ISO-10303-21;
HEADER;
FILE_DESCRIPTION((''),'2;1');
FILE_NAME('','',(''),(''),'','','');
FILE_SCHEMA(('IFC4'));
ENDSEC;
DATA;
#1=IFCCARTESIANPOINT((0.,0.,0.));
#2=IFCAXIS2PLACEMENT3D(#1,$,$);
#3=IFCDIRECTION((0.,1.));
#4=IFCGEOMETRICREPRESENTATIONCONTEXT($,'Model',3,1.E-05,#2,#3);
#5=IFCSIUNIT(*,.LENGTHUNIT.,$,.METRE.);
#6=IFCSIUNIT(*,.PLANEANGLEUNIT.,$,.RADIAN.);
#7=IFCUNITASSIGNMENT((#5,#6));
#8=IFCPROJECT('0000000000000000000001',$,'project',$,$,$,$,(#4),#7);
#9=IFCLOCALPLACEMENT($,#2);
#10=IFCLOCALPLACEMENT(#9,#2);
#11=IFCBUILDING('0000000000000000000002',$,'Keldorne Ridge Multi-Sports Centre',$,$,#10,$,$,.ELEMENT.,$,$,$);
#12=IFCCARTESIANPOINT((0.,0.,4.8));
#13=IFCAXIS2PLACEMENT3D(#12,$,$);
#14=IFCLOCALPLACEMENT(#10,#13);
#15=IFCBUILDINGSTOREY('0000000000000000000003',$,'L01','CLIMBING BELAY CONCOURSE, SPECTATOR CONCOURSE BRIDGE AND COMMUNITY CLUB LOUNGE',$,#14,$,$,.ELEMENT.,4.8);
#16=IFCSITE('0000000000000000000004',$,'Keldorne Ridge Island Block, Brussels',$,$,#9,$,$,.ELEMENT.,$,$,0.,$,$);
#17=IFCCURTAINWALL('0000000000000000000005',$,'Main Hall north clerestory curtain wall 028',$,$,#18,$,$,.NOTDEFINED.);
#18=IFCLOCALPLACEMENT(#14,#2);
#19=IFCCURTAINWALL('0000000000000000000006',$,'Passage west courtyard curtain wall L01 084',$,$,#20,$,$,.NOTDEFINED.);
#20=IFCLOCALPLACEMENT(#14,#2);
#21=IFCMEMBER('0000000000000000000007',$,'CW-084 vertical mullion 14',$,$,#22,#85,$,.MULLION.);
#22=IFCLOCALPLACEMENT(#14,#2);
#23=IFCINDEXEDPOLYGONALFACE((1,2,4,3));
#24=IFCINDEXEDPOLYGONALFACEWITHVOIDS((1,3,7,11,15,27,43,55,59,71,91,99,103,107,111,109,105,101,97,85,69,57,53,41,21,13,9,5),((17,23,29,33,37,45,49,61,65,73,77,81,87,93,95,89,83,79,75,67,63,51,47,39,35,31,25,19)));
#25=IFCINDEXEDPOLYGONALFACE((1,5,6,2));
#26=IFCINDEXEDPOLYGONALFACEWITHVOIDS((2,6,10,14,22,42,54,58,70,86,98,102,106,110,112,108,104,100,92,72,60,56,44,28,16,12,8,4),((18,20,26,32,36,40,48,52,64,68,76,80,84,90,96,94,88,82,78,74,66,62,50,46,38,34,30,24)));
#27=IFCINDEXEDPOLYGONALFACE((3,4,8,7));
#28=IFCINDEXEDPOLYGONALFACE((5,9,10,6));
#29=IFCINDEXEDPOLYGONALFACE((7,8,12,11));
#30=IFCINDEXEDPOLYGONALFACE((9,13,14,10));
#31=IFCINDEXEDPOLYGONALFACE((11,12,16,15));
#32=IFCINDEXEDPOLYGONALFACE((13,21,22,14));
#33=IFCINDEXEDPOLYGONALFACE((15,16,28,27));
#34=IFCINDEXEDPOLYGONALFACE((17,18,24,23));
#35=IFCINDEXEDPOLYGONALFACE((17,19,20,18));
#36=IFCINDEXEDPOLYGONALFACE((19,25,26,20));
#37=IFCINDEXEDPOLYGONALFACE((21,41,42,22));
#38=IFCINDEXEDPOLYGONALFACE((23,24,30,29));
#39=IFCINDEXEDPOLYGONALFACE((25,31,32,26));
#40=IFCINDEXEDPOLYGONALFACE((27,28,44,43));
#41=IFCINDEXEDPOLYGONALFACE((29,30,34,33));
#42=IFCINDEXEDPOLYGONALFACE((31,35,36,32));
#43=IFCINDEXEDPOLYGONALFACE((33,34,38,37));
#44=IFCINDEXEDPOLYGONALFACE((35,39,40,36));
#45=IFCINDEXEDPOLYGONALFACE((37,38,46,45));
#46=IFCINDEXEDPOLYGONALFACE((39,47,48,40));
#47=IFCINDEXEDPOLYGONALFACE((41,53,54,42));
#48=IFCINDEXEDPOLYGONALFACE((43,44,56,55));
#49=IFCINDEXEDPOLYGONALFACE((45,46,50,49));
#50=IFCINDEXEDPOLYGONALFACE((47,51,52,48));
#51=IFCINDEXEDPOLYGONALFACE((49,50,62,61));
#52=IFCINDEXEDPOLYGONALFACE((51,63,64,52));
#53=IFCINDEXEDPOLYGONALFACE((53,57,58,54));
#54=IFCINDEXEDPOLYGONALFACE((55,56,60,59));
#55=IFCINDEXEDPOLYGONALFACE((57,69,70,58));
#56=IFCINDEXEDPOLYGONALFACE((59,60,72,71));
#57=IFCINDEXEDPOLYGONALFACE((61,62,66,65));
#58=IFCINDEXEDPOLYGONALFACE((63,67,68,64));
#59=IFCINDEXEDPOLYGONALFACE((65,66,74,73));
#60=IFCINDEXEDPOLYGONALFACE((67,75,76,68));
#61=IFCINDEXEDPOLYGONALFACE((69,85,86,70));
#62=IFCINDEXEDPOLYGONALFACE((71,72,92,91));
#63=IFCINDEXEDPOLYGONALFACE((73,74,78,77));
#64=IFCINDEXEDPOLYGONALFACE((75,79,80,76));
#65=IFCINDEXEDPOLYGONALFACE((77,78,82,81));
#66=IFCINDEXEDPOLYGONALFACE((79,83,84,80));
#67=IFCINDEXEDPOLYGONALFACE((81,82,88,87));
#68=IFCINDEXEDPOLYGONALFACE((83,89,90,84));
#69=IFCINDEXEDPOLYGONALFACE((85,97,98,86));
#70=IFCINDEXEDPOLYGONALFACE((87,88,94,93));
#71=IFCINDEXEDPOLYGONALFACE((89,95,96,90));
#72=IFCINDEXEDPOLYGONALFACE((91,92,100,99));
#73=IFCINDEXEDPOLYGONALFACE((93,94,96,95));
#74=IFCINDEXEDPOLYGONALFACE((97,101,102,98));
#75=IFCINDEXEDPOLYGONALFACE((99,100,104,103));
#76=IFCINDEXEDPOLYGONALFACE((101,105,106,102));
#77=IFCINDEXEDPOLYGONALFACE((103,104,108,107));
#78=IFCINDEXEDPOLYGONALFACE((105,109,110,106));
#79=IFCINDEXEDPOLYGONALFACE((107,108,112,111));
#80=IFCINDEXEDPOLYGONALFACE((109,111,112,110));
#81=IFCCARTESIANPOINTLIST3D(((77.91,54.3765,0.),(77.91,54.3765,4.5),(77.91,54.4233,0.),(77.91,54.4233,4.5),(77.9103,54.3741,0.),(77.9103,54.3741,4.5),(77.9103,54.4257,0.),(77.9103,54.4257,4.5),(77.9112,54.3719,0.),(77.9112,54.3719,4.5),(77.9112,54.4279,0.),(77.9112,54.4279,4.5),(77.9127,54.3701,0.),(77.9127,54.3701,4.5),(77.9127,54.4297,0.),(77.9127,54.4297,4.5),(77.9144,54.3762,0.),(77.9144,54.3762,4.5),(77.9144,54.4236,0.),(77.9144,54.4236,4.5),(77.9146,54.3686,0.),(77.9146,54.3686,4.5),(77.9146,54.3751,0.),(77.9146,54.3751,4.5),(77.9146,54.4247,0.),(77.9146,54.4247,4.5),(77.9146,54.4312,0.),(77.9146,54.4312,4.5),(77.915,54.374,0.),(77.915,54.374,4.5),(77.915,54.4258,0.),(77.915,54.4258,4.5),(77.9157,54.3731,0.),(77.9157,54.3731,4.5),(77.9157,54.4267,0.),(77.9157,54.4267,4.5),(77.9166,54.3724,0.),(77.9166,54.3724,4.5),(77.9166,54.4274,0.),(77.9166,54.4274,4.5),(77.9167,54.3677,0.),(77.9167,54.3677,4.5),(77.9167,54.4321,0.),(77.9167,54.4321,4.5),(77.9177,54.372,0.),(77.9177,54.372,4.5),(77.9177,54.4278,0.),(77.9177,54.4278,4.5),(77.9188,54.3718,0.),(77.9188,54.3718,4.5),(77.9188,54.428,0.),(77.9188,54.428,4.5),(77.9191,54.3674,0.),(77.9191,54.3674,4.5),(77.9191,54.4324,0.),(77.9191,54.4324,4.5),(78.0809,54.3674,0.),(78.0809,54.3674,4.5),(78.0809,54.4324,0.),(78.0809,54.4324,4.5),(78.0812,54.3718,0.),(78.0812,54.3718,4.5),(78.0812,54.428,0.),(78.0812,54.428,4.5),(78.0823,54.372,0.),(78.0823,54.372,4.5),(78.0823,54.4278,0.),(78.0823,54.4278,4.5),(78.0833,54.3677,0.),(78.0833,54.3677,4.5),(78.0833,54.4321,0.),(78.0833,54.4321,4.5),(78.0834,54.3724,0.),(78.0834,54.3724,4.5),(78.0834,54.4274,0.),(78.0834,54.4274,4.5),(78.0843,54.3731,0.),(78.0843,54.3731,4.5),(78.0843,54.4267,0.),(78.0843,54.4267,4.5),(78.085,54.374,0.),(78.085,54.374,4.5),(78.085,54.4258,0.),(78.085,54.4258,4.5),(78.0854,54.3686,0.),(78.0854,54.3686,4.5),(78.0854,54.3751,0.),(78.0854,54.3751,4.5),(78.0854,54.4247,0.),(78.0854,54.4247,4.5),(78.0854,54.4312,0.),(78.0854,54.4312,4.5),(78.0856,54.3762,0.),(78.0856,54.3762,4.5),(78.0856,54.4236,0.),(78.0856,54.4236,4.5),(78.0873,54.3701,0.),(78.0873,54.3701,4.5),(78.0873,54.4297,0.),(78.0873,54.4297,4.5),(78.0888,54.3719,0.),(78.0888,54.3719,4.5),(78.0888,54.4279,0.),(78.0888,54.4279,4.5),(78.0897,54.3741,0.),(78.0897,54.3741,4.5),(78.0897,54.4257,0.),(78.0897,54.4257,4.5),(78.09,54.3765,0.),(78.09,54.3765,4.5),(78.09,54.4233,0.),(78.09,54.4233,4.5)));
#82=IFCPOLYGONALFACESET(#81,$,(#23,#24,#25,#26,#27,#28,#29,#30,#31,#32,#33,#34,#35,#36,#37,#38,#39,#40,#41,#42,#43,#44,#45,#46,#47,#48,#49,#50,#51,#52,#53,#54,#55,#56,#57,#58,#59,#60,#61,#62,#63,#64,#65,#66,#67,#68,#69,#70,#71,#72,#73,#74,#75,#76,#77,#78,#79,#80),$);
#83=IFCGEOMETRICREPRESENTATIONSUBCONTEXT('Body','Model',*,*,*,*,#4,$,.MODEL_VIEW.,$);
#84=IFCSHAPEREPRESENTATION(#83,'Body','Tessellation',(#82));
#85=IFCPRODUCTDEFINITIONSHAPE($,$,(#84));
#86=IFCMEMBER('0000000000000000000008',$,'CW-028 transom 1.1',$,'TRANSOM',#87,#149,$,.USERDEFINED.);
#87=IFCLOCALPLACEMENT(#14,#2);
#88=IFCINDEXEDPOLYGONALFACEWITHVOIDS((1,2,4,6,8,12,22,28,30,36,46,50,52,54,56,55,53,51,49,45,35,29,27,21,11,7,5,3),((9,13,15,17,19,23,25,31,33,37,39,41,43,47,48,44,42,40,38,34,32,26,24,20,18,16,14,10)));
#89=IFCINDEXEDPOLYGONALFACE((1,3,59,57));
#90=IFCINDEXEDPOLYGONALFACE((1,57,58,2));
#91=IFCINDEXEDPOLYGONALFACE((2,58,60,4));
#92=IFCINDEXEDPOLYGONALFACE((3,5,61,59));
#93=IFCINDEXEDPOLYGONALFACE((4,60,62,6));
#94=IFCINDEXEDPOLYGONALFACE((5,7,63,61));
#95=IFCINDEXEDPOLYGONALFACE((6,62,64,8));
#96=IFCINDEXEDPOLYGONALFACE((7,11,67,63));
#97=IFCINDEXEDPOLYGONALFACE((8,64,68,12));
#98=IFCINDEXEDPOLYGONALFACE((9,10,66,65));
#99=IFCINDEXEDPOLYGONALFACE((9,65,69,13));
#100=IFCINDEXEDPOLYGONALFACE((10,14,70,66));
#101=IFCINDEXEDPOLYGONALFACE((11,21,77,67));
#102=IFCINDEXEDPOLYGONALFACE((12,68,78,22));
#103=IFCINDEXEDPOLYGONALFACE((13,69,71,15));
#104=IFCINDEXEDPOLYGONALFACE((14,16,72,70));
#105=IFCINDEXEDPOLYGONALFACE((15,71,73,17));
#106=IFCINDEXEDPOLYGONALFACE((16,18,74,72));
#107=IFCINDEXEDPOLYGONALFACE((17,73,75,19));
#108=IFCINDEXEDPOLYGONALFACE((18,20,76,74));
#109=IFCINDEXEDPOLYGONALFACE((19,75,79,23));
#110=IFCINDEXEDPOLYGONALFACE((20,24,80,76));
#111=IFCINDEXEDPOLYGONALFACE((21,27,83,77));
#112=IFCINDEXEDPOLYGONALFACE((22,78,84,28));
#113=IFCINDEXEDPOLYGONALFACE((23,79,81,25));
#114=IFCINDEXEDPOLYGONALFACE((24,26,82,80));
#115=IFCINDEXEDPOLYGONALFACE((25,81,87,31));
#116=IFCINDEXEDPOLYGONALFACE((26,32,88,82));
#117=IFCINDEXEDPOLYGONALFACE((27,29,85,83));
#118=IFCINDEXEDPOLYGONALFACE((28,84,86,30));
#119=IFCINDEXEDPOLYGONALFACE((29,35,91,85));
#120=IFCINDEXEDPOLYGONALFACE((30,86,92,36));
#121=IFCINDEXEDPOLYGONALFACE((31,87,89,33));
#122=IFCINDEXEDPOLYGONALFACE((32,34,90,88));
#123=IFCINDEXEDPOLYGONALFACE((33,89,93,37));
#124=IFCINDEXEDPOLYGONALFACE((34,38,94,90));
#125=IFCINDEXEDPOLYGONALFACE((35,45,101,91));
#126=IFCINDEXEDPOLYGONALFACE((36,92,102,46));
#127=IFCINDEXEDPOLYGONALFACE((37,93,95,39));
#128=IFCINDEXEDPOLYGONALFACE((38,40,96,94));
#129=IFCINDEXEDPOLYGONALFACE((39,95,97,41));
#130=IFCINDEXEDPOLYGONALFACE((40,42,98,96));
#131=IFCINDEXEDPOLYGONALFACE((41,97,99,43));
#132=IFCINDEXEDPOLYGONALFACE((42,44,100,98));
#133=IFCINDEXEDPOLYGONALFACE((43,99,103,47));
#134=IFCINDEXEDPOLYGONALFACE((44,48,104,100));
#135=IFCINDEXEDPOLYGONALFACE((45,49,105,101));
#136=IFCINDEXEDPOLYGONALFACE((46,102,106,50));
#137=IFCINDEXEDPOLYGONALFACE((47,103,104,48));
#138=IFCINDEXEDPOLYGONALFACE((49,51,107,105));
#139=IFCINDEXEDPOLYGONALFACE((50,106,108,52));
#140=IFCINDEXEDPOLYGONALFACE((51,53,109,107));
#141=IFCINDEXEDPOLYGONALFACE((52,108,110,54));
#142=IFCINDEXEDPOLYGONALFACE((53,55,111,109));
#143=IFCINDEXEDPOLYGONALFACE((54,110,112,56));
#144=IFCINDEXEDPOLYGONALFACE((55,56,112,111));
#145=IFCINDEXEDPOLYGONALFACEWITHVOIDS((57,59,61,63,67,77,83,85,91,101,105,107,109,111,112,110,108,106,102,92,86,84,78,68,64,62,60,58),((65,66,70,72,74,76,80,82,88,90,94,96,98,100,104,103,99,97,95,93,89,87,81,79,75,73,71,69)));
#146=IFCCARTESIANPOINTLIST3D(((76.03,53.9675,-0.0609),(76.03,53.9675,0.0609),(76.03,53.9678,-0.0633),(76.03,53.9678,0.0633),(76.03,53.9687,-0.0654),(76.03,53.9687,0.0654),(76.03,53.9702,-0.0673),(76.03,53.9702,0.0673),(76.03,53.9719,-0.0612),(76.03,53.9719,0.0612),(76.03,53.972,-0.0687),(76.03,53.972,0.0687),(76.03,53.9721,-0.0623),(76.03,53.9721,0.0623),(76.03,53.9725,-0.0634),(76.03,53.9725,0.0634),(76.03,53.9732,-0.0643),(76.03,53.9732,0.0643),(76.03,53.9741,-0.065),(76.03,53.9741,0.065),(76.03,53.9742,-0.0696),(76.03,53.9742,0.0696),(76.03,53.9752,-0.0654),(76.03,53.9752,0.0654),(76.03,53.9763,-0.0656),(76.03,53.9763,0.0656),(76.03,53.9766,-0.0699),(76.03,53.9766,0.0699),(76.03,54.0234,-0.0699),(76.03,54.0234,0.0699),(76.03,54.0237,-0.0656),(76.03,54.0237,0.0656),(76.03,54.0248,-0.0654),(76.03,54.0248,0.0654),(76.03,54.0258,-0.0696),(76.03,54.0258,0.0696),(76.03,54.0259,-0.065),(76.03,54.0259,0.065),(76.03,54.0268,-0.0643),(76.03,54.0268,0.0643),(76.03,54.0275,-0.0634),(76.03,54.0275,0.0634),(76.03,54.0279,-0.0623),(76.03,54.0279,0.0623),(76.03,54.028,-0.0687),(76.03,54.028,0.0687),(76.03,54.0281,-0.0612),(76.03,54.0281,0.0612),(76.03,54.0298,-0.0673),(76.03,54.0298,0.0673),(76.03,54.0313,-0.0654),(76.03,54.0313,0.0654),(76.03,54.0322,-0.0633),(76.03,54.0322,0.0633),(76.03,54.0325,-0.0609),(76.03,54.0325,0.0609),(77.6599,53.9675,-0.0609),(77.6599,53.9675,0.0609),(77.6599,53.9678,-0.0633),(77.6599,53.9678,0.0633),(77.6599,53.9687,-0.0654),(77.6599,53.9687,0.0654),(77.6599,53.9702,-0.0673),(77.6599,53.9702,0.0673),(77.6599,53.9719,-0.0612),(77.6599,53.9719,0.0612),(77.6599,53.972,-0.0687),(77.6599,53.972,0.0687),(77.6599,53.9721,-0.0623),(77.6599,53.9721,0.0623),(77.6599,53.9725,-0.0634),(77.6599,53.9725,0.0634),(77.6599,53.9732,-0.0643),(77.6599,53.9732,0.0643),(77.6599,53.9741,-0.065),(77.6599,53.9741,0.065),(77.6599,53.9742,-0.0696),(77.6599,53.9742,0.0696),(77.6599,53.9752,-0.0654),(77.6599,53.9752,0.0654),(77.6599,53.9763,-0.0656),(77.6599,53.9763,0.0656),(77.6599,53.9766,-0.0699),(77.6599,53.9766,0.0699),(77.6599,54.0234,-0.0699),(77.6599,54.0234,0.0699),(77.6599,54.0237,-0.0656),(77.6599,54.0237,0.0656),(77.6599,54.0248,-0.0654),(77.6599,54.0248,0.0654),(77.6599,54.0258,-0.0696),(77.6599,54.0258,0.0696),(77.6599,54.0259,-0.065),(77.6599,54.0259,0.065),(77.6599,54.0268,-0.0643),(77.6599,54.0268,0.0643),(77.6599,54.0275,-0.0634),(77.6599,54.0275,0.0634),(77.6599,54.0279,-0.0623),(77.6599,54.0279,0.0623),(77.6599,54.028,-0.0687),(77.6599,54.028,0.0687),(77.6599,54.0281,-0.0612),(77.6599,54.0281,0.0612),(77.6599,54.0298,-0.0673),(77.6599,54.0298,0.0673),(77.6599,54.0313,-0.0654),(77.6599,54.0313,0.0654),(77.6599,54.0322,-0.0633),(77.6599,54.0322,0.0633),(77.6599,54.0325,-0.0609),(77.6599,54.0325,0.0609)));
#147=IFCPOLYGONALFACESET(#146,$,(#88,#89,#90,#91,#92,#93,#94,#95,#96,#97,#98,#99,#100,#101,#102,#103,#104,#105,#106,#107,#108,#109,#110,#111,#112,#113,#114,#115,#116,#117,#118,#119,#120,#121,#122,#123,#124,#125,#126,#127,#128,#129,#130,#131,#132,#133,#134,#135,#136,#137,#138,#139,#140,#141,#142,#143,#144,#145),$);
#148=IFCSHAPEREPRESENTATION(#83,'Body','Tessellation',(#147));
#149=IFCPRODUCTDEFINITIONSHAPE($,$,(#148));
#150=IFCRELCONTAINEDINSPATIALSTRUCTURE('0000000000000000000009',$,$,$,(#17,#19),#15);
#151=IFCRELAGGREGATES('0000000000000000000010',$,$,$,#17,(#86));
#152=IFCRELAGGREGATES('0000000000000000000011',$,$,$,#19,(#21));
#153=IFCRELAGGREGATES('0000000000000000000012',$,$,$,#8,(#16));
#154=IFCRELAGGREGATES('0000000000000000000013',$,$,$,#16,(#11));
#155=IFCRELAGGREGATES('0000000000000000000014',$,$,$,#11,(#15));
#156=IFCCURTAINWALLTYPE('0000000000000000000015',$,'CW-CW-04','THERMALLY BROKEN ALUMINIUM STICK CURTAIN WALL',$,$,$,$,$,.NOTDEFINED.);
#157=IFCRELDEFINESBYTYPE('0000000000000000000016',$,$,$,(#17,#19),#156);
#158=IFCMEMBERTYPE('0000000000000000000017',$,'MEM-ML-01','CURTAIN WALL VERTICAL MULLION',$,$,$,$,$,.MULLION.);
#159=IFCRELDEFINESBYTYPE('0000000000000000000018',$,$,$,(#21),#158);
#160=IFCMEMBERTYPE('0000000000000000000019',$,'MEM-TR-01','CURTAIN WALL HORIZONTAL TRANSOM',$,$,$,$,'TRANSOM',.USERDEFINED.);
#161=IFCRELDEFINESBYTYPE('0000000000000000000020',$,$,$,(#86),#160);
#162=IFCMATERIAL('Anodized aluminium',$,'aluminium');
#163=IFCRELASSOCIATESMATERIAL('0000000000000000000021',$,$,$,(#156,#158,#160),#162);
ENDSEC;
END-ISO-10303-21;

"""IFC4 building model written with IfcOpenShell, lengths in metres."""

from ifc_helpers import new_model, si_unit, direction, frame, origin, origin_2d, place, context, subcontext, project, spatial, hollow_rectangle, extrude, material, material_profile, profile_set, type_object, element, aggregate, save


model = new_model("IFC4")

# Units and contexts
model_context = context("Model", 3, precision=1e-05, world=origin(), true_north=direction((0.0, 1.0)))
body_context = subcontext(model_context, "Body", "Model", "MODEL_VIEW")
ifc_project = project(units=[si_unit("LENGTHUNIT", "METRE"), si_unit("PLANEANGLEUNIT", "RADIAN")], contexts=[model_context])

# Site, building, storey
site_placement = place(None, origin())
site = spatial("IfcSite", under=ifc_project, at=site_placement, Name="Keldorne Ridge Island Block, Brussels", CompositionType="ELEMENT", RefElevation=0.0)
building_placement = place(site_placement, origin())
building = spatial("IfcBuilding", under=site, at=building_placement, Name="Keldorne Ridge Multi-Sports Centre", CompositionType="ELEMENT")
storey_placement = place(building_placement, frame((0.0, 0.0, 4.8)))
storey = spatial("IfcBuildingStorey", under=building, at=storey_placement, Name="L01", Description="CLIMBING BELAY CONCOURSE, SPECTATOR CONCOURSE BRIDGE AND COMMUNITY CLUB LOUNGE", CompositionType="ELEMENT", Elevation=4.8)

# Curtain walls, member
ifc_material_1 = material(Name="Anodized aluminium", Category="aluminium")
curtain_wall_type = type_object("IfcCurtainWallType", Name="CW-CW-04", Description="THERMALLY BROKEN ALUMINIUM STICK CURTAIN WALL", PredefinedType="NOTDEFINED", material=ifc_material_1)
curtain_wall_1_placement = place(storey_placement, origin())
curtain_wall_1 = element("IfcCurtainWall", 1, at=curtain_wall_1_placement, inside=storey, type_object=curtain_wall_type, Name="Main Hall north clerestory curtain wall 028", PredefinedType="NOTDEFINED")
ifc_material_profile_1 = material_profile(ifc_material_1, hollow_rectangle(XDim=0.0649, YDim=0.1799, WallThickness=0.0044, InnerFilletRadius=0.0044, OuterFilletRadius=0.009, at=origin_2d()), Name="ALU MULLION 180x65x4.5")
ifc_profile_set_1 = profile_set([ifc_material_profile_1], Name="Anodized aluminium")
member_type_1 = type_object("IfcMemberType", Name="MEM-ML-01", Description="CURTAIN WALL VERTICAL MULLION", PredefinedType="MULLION", material=ifc_profile_set_1)
curtain_wall_2_placement = place(storey_placement, origin())
curtain_wall_2 = element("IfcCurtainWall", 2, at=curtain_wall_2_placement, inside=storey, type_object=curtain_wall_type, Name="Passage west courtyard curtain wall L01 084", PredefinedType="NOTDEFINED")
member_1_placement = place(storey_placement, frame((78.0, 54.3999, 0.0), z_axis=(0.0, 0.0, 1.0), x_axis=(0.0, 1.0, 0.0)))
member_1 = element("IfcMember", 3, at=member_1_placement, type_object=member_type_1, Name="CW-084 vertical mullion 14", PredefinedType="MULLION", context=body_context, shape_type="SweptSolid", body=[
    extrude(hollow_rectangle(XDim=0.0649, YDim=0.1799, WallThickness=0.0044, InnerFilletRadius=0.0044, OuterFilletRadius=0.009, at=origin_2d()), origin(), (0.0, 0.0, 1.0), 4.5),
])

# Member
ifc_material_profile_2 = material_profile(ifc_material_1, hollow_rectangle(XDim=0.0649, YDim=0.1399, WallThickness=0.0044, InnerFilletRadius=0.0044, OuterFilletRadius=0.009, at=origin_2d()), Name="ALU TRANSOM 140x65x4.5")
ifc_profile_set_2 = profile_set([ifc_material_profile_2], Name="Anodized aluminium")
member_type_2 = type_object("IfcMemberType", Name="MEM-TR-01", Description="CURTAIN WALL HORIZONTAL TRANSOM", ElementType="TRANSOM", PredefinedType="USERDEFINED", material=ifc_profile_set_2)
member_2_placement = place(storey_placement, frame((77.6599, 54.0, 0.0), z_axis=(-1.0, 0.0, 0.0), x_axis=(0.0, -1.0, 0.0)))
member_2 = element("IfcMember", 4, at=member_2_placement, type_object=member_type_2, Name="CW-028 transom 1.1", ObjectType="TRANSOM", PredefinedType="USERDEFINED", context=body_context, shape_type="SweptSolid", body=[
    extrude(hollow_rectangle(XDim=0.0649, YDim=0.1399, WallThickness=0.0044, InnerFilletRadius=0.0044, OuterFilletRadius=0.009, at=origin_2d()), origin(), (0.0, 0.0, 1.0), 1.6299),
])

aggregate(curtain_wall_1, [member_2])
aggregate(curtain_wall_2, [member_1])

save(model, "model.ifc")
